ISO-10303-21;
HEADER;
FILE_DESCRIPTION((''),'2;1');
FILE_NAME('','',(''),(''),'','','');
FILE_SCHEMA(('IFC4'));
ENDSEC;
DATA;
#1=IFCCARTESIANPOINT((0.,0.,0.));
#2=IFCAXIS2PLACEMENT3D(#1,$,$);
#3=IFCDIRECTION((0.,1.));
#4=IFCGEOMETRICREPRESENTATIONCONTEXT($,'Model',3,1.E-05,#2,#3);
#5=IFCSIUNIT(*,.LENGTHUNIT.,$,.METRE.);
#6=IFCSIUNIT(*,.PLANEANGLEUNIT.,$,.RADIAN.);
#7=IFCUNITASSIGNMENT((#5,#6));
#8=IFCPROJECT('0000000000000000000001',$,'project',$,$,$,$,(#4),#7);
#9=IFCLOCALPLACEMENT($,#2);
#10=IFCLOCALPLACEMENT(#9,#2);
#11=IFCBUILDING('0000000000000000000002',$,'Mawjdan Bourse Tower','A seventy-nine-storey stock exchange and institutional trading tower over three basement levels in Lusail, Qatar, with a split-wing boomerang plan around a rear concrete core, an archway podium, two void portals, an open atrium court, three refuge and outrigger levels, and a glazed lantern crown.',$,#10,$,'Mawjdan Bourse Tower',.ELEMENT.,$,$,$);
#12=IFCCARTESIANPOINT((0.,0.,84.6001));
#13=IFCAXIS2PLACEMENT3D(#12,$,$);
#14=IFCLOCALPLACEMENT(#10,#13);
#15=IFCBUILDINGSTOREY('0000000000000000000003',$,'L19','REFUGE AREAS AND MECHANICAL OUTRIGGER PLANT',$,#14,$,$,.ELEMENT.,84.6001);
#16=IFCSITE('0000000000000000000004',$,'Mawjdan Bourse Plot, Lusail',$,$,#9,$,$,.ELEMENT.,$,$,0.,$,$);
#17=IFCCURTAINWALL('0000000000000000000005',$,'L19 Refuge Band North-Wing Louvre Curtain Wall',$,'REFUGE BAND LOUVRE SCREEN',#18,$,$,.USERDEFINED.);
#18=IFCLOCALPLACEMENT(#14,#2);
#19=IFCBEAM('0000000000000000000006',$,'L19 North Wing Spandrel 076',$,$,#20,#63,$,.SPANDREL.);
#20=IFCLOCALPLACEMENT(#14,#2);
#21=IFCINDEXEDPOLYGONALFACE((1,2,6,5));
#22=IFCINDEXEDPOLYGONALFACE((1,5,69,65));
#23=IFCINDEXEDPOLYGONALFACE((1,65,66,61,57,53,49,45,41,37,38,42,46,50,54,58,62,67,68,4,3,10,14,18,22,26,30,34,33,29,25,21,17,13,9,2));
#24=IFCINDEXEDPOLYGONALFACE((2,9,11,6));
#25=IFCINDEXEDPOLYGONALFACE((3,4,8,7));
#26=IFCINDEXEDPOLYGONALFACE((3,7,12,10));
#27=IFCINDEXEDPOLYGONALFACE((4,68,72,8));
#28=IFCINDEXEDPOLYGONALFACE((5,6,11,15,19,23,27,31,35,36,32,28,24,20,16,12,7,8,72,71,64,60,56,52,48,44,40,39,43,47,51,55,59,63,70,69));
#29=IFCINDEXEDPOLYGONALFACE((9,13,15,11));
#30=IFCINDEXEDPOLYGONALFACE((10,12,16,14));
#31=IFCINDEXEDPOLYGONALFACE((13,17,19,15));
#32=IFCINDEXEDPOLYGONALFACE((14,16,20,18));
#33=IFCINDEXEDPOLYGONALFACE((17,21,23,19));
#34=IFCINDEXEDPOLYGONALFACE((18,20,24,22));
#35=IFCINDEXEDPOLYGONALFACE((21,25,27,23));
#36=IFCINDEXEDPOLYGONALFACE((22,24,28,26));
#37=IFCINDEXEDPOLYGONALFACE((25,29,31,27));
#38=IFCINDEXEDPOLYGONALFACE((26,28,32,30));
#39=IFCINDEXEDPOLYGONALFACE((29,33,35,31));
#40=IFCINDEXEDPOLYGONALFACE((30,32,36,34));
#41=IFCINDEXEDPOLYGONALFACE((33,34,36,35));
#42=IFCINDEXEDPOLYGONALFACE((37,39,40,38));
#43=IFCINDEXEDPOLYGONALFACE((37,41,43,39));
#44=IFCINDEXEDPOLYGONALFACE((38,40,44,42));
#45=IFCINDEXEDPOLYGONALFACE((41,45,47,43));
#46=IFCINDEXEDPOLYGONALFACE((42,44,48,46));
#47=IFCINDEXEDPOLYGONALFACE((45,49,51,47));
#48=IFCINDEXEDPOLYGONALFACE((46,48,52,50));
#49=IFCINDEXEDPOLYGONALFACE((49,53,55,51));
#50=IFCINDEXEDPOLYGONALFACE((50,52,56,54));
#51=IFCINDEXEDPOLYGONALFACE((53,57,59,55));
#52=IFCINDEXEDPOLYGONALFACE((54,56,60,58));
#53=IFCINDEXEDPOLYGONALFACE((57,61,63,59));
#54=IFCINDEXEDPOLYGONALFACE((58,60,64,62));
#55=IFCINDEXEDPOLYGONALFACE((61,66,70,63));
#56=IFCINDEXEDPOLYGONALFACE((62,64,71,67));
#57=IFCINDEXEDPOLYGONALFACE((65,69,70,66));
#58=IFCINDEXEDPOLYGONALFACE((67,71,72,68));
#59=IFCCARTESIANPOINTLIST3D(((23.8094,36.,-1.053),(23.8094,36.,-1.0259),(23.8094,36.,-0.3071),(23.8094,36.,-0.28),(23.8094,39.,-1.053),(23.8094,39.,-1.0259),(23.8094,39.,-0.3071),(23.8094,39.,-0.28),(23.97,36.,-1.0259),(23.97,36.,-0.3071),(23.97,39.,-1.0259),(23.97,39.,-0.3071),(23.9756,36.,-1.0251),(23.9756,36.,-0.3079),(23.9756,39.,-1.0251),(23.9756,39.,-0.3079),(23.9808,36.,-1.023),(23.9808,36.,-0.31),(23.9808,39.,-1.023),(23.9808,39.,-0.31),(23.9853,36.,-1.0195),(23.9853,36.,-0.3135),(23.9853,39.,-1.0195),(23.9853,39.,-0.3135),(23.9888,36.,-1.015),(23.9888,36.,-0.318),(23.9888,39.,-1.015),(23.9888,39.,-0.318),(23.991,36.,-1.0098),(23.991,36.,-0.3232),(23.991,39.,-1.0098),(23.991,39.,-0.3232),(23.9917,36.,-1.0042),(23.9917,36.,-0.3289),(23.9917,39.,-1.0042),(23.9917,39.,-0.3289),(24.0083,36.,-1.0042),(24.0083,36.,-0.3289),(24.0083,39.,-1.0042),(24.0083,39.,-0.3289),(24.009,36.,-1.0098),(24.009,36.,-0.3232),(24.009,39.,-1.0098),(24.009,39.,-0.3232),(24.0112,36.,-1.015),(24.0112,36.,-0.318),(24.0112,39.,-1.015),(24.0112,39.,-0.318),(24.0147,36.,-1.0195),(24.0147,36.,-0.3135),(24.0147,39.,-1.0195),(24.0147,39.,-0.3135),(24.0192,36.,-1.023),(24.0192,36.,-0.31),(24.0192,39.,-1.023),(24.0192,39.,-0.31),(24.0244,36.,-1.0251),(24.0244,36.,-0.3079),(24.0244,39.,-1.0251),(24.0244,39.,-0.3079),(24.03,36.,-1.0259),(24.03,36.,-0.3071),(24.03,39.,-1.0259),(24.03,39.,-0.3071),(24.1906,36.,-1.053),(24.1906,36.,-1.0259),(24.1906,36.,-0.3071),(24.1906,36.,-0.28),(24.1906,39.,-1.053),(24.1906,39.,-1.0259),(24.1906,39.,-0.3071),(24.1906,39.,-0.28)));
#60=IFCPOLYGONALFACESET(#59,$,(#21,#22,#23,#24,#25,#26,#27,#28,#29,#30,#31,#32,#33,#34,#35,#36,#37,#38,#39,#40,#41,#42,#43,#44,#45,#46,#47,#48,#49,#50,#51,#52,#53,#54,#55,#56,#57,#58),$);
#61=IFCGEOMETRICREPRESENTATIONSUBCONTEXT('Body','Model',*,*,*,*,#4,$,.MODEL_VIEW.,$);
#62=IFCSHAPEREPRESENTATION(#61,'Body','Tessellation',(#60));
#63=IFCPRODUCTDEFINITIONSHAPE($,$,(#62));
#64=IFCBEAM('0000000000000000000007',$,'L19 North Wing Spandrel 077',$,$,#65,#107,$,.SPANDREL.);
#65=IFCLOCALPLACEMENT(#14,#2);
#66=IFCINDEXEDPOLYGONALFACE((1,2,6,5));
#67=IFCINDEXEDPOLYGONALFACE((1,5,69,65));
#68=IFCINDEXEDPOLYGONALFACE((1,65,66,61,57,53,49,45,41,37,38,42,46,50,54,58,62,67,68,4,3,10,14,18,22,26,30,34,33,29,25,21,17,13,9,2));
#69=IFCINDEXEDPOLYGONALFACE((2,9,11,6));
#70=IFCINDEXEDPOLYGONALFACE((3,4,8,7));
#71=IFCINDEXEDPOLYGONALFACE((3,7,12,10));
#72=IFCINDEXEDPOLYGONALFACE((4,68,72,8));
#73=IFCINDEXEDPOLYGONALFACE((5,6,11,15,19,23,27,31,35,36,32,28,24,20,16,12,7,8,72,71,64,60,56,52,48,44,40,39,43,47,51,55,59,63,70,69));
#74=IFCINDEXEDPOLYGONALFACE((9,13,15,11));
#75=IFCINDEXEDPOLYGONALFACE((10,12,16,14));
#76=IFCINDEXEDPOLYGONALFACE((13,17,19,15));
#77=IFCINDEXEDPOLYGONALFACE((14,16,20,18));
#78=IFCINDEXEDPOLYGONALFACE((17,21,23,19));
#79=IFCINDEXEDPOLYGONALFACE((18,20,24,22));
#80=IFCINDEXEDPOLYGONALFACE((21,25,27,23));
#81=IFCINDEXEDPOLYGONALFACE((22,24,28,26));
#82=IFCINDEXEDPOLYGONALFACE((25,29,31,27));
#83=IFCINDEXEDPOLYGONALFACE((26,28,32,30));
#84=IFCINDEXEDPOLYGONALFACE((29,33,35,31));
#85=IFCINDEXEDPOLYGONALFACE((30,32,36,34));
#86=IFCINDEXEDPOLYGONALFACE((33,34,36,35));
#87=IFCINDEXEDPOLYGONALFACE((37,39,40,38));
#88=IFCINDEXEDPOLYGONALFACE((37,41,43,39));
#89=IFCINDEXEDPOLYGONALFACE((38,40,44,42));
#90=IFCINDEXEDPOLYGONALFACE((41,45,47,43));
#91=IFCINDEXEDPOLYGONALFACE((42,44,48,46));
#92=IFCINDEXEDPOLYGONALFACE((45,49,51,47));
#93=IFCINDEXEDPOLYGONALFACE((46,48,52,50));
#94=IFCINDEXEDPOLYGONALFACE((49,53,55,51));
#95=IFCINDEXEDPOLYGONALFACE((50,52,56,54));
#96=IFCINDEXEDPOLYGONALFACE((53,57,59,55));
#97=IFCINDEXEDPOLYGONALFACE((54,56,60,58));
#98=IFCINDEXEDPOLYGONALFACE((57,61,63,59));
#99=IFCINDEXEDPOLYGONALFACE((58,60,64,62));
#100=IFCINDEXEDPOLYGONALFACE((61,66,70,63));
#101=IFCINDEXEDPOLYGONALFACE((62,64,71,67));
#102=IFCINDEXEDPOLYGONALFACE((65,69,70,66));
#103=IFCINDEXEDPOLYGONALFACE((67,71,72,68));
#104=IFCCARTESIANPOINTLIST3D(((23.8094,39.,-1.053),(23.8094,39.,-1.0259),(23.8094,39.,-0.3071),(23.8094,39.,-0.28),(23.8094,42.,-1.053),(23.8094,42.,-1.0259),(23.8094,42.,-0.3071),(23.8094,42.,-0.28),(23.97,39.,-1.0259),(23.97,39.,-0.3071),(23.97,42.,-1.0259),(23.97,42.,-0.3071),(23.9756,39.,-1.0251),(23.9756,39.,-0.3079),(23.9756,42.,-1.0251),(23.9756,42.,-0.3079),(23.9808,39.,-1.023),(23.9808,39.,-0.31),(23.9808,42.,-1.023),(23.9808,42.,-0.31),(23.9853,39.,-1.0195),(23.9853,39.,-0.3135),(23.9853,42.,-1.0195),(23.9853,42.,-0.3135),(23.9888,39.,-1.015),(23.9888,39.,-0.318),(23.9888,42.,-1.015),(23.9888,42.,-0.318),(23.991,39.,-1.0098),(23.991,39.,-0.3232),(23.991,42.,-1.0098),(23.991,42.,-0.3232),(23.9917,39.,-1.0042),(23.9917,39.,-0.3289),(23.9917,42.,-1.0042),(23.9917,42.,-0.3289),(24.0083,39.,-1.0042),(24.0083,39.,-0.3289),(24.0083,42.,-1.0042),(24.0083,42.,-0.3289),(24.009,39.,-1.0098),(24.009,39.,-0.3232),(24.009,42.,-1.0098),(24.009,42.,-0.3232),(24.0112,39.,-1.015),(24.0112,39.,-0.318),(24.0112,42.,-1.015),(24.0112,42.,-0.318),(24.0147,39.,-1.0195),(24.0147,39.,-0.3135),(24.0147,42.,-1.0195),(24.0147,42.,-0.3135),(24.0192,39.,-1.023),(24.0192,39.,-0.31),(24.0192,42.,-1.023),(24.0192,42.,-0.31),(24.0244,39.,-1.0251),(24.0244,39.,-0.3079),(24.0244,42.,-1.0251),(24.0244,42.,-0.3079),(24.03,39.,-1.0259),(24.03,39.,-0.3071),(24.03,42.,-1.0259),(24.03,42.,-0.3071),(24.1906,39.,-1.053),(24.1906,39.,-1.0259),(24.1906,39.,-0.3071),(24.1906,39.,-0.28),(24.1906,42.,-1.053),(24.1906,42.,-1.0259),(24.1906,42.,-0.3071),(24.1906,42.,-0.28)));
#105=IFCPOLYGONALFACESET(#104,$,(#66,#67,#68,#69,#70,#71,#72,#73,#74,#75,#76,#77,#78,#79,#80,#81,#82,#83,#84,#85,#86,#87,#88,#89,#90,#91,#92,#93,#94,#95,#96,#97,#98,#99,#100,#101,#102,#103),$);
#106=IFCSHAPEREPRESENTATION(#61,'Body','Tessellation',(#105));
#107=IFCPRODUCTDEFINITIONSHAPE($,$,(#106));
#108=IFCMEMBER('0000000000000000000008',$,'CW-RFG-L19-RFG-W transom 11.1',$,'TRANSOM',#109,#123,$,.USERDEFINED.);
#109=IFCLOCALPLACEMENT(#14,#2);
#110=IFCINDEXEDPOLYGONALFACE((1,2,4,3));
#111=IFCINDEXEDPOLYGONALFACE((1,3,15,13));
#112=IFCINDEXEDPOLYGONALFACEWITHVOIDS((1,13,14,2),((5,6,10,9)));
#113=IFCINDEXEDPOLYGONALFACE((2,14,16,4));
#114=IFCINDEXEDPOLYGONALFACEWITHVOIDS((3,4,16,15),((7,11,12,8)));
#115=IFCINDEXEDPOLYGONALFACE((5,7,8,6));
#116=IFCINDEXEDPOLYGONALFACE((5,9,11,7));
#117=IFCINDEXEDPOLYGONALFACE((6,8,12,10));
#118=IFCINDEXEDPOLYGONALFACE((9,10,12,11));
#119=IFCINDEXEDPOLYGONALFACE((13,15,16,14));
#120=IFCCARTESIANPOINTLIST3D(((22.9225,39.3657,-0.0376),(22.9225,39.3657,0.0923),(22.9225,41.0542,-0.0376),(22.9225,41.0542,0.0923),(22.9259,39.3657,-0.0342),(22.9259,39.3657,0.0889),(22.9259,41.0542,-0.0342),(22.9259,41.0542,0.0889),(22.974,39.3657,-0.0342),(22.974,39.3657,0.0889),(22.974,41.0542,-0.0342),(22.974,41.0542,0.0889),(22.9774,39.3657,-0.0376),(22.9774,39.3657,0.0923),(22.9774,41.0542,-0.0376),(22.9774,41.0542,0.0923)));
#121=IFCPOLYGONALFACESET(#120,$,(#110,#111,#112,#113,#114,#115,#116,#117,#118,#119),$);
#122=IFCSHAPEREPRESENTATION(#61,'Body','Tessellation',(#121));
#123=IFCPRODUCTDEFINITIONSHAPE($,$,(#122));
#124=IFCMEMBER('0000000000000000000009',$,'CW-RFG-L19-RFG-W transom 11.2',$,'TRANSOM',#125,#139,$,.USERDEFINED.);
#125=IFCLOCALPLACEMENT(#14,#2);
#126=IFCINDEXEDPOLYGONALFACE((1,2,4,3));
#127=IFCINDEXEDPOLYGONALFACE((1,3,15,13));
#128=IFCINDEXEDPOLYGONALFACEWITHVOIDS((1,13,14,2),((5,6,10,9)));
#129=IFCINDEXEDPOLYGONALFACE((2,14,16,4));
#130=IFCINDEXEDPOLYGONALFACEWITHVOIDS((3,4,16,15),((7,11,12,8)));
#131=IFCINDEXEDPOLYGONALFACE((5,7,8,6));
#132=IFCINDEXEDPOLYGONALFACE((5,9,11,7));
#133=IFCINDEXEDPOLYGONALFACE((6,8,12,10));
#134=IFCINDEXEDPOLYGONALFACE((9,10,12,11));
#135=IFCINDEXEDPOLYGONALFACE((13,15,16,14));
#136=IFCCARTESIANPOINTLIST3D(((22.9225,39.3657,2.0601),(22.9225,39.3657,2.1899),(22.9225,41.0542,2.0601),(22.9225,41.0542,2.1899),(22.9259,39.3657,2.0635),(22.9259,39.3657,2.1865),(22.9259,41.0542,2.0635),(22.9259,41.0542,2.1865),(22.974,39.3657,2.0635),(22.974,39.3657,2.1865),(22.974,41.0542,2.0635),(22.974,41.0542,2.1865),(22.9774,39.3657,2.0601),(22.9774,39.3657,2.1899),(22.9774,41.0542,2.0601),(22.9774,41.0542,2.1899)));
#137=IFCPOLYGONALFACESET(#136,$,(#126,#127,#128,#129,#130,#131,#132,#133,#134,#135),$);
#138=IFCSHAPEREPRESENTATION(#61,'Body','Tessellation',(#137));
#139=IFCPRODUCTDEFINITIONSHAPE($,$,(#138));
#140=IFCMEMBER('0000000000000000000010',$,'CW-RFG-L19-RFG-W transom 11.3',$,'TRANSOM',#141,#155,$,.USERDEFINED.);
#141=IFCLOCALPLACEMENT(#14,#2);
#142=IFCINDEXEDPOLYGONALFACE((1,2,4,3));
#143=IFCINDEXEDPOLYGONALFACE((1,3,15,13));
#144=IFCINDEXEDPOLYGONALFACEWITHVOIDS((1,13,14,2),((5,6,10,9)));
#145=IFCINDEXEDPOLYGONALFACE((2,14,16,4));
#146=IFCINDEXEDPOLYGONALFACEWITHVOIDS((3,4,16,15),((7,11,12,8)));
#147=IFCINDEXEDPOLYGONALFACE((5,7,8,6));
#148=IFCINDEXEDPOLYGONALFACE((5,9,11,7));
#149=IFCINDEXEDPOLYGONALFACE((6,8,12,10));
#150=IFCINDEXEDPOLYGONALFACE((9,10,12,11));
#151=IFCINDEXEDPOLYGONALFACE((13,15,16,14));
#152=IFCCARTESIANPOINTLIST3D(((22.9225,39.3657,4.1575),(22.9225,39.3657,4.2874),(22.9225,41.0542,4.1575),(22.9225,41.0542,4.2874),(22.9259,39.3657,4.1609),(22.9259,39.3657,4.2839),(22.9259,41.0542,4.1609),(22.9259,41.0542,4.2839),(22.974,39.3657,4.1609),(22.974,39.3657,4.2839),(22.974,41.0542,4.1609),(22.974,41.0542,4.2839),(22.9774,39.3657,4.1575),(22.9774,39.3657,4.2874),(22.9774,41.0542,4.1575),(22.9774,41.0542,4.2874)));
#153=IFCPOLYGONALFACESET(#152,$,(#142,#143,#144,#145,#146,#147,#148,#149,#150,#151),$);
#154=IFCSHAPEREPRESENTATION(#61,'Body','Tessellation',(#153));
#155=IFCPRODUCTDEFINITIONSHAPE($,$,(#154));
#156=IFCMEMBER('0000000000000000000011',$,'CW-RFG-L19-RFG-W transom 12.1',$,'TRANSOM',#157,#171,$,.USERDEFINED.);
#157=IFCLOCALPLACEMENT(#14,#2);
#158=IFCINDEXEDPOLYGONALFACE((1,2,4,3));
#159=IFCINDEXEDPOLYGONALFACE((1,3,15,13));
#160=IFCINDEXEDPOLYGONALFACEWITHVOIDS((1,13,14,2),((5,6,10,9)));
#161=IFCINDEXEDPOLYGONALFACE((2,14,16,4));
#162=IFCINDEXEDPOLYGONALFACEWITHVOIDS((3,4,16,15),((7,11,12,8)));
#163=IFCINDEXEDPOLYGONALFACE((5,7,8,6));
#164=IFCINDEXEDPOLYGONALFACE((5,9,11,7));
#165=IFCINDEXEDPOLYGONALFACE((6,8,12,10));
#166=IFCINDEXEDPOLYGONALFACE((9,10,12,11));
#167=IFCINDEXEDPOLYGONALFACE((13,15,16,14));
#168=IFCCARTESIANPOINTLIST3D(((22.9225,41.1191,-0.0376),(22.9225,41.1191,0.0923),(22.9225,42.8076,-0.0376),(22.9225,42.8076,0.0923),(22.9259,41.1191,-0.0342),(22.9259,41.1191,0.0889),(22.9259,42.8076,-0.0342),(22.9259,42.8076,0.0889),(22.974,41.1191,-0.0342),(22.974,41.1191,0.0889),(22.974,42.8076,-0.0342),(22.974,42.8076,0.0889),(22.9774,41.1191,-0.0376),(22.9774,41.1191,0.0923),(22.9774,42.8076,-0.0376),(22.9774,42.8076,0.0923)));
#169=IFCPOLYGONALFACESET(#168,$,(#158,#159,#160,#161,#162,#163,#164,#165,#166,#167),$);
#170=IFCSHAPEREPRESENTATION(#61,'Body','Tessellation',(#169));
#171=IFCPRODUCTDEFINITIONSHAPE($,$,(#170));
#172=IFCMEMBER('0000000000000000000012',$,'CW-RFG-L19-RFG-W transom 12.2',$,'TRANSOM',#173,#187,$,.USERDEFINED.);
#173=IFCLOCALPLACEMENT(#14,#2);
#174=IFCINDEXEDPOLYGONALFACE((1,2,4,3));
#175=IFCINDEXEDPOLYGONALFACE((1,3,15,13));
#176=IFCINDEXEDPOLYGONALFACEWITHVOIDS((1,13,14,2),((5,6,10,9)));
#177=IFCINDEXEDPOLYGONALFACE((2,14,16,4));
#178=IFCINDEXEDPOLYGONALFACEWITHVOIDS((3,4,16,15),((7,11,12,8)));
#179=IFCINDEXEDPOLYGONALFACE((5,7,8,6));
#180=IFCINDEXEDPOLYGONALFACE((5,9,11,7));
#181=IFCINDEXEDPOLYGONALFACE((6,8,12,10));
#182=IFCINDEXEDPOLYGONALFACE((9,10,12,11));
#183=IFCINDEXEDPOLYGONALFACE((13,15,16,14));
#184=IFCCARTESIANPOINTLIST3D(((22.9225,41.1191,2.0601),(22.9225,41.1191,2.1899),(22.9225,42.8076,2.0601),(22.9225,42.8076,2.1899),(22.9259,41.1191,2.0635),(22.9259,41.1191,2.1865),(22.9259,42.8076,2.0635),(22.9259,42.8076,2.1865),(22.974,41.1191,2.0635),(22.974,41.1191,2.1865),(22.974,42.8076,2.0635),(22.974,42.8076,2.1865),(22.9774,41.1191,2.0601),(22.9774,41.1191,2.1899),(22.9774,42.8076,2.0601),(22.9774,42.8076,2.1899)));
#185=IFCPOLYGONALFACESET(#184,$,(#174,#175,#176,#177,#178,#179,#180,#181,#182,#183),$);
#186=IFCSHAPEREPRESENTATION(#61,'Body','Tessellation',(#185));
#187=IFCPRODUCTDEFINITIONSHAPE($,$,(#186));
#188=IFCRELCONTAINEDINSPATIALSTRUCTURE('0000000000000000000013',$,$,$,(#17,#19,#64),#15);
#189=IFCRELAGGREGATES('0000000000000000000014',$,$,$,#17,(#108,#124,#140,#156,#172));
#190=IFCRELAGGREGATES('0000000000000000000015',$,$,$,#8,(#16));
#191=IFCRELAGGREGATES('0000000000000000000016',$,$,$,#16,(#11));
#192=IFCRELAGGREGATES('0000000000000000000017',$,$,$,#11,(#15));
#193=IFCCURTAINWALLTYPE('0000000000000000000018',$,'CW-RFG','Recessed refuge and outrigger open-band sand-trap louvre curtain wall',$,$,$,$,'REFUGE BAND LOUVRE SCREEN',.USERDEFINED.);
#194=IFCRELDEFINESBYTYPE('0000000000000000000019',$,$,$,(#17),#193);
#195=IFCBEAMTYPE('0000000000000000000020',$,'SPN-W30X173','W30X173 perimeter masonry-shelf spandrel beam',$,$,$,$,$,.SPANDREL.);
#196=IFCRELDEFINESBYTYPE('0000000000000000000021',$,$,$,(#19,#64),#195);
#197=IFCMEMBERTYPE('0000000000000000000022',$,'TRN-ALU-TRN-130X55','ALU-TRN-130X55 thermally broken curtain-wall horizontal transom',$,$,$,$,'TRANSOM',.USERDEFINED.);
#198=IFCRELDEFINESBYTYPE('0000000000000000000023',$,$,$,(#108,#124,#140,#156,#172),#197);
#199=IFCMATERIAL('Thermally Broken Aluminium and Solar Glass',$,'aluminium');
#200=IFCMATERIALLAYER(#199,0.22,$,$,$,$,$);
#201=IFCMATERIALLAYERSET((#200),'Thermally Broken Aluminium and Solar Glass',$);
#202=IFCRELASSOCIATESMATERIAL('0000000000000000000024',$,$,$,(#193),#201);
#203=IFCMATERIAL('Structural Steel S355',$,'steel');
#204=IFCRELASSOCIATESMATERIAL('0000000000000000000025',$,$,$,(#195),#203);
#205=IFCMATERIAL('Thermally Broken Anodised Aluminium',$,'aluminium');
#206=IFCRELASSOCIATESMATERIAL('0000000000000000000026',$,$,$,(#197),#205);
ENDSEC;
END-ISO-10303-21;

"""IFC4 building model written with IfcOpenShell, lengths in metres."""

from ifc_helpers import new_model, si_unit, direction, frame, origin, origin_2d, place, context, subcontext, project, spatial, hollow_rectangle, i_section, extrude, material, layer, layer_set, material_profile, profile_set, type_object, element, aggregate, save


model = new_model("IFC4")

# Units and contexts
model_context = context("Model", 3, precision=1e-05, world=origin(), true_north=direction((0.0, 1.0)))
body_context = subcontext(model_context, "Body", "Model", "MODEL_VIEW")
ifc_project = project(units=[si_unit("LENGTHUNIT", "METRE"), si_unit("PLANEANGLEUNIT", "RADIAN")], contexts=[model_context])

# Site, building, storey
site_placement = place(None, origin())
site = spatial("IfcSite", under=ifc_project, at=site_placement, Name="Mawjdan Bourse Plot, Lusail", CompositionType="ELEMENT", RefElevation=0.0)
building_placement = place(site_placement, origin())
building = spatial("IfcBuilding", under=site, at=building_placement, Name="Mawjdan Bourse Tower", Description="A seventy-nine-storey stock exchange and institutional trading tower over three basement levels in Lusail, Qatar, with a split-wing boomerang plan around a rear concrete core, an archway podium, two void portals, an open atrium court, three refuge and outrigger levels, and a glazed lantern crown.", LongName="Mawjdan Bourse Tower", CompositionType="ELEMENT")
storey_placement = place(building_placement, frame((0.0, 0.0, 84.6001)))
storey = spatial("IfcBuildingStorey", under=building, at=storey_placement, Name="L19", Description="REFUGE AREAS AND MECHANICAL OUTRIGGER PLANT", CompositionType="ELEMENT", Elevation=84.6001)

# Curtain wall
ifc_material_1 = material(Name="Thermally Broken Aluminium and Solar Glass", Category="aluminium")
ifc_layer_1 = layer(ifc_material_1, 0.22)
ifc_layer_set_1 = layer_set([ifc_layer_1], Name="Thermally Broken Aluminium and Solar Glass")
curtain_wall_type = type_object("IfcCurtainWallType", Name="CW-RFG", Description="Recessed refuge and outrigger open-band sand-trap louvre curtain wall", ElementType="REFUGE BAND LOUVRE SCREEN", PredefinedType="USERDEFINED", material=ifc_layer_set_1)
curtain_wall_placement = place(storey_placement, origin())
curtain_wall = element("IfcCurtainWall", 1, at=curtain_wall_placement, inside=storey, type_object=curtain_wall_type, Name="L19 Refuge Band North-Wing Louvre Curtain Wall", ObjectType="REFUGE BAND LOUVRE SCREEN", PredefinedType="USERDEFINED")
ifc_material_2 = material(Name="Thermally Broken Anodised Aluminium", Category="aluminium")

# Beams
ifc_material_3 = material(Name="Structural Steel S355", Category="steel")
ifc_material_profile_1 = material_profile(ifc_material_3, i_section(OverallWidth=0.3811, OverallDepth=0.7729, WebThickness=0.0166, FlangeThickness=0.0271, FilletRadius=0.0217, at=origin_2d()), Name="W30X173")
ifc_profile_set_1 = profile_set([ifc_material_profile_1], Name="Structural Steel S355")
beam_type = type_object("IfcBeamType", Name="SPN-W30X173", Description="W30X173 perimeter masonry-shelf spandrel beam", PredefinedType="SPANDREL", material=ifc_profile_set_1)
for number, where, z_axis, x_axis, name in (
    (2, (24.0, 36.0, -0.6665), (0.0, 1.0, 0.0), (-1.0, 0.0, 0.0), "L19 North Wing Spandrel 076"),
    (3, (24.0, 39.0, -0.6665), (0.0, 1.0, 0.0), (-1.0, 0.0, 0.0), "L19 North Wing Spandrel 077"),
):
    element("IfcBeam", number, at=place(storey_placement, frame(where, z_axis=z_axis, x_axis=x_axis)), inside=storey, type_object=beam_type, Name=name, PredefinedType="SPANDREL", context=body_context, shape_type="SweptSolid", body=[
        extrude(i_section(OverallWidth=0.3811, OverallDepth=0.7729, WebThickness=0.0166, FlangeThickness=0.0271, FilletRadius=0.0217, at=origin_2d()), origin(), (0.0, 0.0, 1.0), 3.0),
    ])

# Members
ifc_material_profile_2 = material_profile(ifc_material_2, hollow_rectangle(XDim=0.0549, YDim=0.1299, WallThickness=0.0034, at=origin_2d()), Name="ALU-TRN-130X55")
ifc_profile_set_2 = profile_set([ifc_material_profile_2], Name="Thermally Broken Anodised Aluminium")
member_type_1 = type_object("IfcMemberType", Name="TRN-ALU-TRN-130X55", Description="ALU-TRN-130X55 thermally broken curtain-wall horizontal transom", ElementType="TRANSOM", PredefinedType="USERDEFINED", material=ifc_profile_set_2)
member_1_placement = place(storey_placement, frame((22.95, 39.3657, 0.0273), z_axis=(0.0, 1.0, 0.0), x_axis=(-1.0, 0.0, 0.0)))
member_1 = element("IfcMember", 4, at=member_1_placement, type_object=member_type_1, Name="CW-RFG-L19-RFG-W transom 11.1", ObjectType="TRANSOM", PredefinedType="USERDEFINED", context=body_context, shape_type="SweptSolid", body=[
    extrude(hollow_rectangle(XDim=0.0549, YDim=0.1299, WallThickness=0.0034, at=origin_2d()), origin(), (0.0, 0.0, 1.0), 1.6885),
])
member_2_placement = place(storey_placement, frame((22.95, 39.3657, 2.125), z_axis=(0.0, 1.0, 0.0), x_axis=(-1.0, 0.0, 0.0)))
member_2 = element("IfcMember", 5, at=member_2_placement, type_object=member_type_1, Name="CW-RFG-L19-RFG-W transom 11.2", ObjectType="TRANSOM", PredefinedType="USERDEFINED", context=body_context, shape_type="SweptSolid", body=[
    extrude(hollow_rectangle(XDim=0.0549, YDim=0.1299, WallThickness=0.0034, at=origin_2d()), origin(), (0.0, 0.0, 1.0), 1.6885),
])
member_3_placement = place(storey_placement, frame((22.95, 39.3657, 4.2224), z_axis=(0.0, 1.0, 0.0), x_axis=(-1.0, 0.0, 0.0)))
member_3 = element("IfcMember", 6, at=member_3_placement, type_object=member_type_1, Name="CW-RFG-L19-RFG-W transom 11.3", ObjectType="TRANSOM", PredefinedType="USERDEFINED", context=body_context, shape_type="SweptSolid", body=[
    extrude(hollow_rectangle(XDim=0.0549, YDim=0.1299, WallThickness=0.0034, at=origin_2d()), origin(), (0.0, 0.0, 1.0), 1.6885),
])
member_4_placement = place(storey_placement, frame((22.95, 41.1191, 0.0273), z_axis=(0.0, 1.0, 0.0), x_axis=(-1.0, 0.0, 0.0)))
member_4 = element("IfcMember", 7, at=member_4_placement, type_object=member_type_1, Name="CW-RFG-L19-RFG-W transom 12.1", ObjectType="TRANSOM", PredefinedType="USERDEFINED", context=body_context, shape_type="SweptSolid", body=[
    extrude(hollow_rectangle(XDim=0.0549, YDim=0.1299, WallThickness=0.0034, at=origin_2d()), origin(), (0.0, 0.0, 1.0), 1.6885),
])
member_5_placement = place(storey_placement, frame((22.95, 41.1191, 2.125), z_axis=(0.0, 1.0, 0.0), x_axis=(-1.0, 0.0, 0.0)))
member_5 = element("IfcMember", 8, at=member_5_placement, type_object=member_type_1, Name="CW-RFG-L19-RFG-W transom 12.2", ObjectType="TRANSOM", PredefinedType="USERDEFINED", context=body_context, shape_type="SweptSolid", body=[
    extrude(hollow_rectangle(XDim=0.0549, YDim=0.1299, WallThickness=0.0034, at=origin_2d()), origin(), (0.0, 0.0, 1.0), 1.6885),
])

aggregate(curtain_wall, [member_1, member_2, member_3, member_4, member_5])

save(model, "model.ifc")
